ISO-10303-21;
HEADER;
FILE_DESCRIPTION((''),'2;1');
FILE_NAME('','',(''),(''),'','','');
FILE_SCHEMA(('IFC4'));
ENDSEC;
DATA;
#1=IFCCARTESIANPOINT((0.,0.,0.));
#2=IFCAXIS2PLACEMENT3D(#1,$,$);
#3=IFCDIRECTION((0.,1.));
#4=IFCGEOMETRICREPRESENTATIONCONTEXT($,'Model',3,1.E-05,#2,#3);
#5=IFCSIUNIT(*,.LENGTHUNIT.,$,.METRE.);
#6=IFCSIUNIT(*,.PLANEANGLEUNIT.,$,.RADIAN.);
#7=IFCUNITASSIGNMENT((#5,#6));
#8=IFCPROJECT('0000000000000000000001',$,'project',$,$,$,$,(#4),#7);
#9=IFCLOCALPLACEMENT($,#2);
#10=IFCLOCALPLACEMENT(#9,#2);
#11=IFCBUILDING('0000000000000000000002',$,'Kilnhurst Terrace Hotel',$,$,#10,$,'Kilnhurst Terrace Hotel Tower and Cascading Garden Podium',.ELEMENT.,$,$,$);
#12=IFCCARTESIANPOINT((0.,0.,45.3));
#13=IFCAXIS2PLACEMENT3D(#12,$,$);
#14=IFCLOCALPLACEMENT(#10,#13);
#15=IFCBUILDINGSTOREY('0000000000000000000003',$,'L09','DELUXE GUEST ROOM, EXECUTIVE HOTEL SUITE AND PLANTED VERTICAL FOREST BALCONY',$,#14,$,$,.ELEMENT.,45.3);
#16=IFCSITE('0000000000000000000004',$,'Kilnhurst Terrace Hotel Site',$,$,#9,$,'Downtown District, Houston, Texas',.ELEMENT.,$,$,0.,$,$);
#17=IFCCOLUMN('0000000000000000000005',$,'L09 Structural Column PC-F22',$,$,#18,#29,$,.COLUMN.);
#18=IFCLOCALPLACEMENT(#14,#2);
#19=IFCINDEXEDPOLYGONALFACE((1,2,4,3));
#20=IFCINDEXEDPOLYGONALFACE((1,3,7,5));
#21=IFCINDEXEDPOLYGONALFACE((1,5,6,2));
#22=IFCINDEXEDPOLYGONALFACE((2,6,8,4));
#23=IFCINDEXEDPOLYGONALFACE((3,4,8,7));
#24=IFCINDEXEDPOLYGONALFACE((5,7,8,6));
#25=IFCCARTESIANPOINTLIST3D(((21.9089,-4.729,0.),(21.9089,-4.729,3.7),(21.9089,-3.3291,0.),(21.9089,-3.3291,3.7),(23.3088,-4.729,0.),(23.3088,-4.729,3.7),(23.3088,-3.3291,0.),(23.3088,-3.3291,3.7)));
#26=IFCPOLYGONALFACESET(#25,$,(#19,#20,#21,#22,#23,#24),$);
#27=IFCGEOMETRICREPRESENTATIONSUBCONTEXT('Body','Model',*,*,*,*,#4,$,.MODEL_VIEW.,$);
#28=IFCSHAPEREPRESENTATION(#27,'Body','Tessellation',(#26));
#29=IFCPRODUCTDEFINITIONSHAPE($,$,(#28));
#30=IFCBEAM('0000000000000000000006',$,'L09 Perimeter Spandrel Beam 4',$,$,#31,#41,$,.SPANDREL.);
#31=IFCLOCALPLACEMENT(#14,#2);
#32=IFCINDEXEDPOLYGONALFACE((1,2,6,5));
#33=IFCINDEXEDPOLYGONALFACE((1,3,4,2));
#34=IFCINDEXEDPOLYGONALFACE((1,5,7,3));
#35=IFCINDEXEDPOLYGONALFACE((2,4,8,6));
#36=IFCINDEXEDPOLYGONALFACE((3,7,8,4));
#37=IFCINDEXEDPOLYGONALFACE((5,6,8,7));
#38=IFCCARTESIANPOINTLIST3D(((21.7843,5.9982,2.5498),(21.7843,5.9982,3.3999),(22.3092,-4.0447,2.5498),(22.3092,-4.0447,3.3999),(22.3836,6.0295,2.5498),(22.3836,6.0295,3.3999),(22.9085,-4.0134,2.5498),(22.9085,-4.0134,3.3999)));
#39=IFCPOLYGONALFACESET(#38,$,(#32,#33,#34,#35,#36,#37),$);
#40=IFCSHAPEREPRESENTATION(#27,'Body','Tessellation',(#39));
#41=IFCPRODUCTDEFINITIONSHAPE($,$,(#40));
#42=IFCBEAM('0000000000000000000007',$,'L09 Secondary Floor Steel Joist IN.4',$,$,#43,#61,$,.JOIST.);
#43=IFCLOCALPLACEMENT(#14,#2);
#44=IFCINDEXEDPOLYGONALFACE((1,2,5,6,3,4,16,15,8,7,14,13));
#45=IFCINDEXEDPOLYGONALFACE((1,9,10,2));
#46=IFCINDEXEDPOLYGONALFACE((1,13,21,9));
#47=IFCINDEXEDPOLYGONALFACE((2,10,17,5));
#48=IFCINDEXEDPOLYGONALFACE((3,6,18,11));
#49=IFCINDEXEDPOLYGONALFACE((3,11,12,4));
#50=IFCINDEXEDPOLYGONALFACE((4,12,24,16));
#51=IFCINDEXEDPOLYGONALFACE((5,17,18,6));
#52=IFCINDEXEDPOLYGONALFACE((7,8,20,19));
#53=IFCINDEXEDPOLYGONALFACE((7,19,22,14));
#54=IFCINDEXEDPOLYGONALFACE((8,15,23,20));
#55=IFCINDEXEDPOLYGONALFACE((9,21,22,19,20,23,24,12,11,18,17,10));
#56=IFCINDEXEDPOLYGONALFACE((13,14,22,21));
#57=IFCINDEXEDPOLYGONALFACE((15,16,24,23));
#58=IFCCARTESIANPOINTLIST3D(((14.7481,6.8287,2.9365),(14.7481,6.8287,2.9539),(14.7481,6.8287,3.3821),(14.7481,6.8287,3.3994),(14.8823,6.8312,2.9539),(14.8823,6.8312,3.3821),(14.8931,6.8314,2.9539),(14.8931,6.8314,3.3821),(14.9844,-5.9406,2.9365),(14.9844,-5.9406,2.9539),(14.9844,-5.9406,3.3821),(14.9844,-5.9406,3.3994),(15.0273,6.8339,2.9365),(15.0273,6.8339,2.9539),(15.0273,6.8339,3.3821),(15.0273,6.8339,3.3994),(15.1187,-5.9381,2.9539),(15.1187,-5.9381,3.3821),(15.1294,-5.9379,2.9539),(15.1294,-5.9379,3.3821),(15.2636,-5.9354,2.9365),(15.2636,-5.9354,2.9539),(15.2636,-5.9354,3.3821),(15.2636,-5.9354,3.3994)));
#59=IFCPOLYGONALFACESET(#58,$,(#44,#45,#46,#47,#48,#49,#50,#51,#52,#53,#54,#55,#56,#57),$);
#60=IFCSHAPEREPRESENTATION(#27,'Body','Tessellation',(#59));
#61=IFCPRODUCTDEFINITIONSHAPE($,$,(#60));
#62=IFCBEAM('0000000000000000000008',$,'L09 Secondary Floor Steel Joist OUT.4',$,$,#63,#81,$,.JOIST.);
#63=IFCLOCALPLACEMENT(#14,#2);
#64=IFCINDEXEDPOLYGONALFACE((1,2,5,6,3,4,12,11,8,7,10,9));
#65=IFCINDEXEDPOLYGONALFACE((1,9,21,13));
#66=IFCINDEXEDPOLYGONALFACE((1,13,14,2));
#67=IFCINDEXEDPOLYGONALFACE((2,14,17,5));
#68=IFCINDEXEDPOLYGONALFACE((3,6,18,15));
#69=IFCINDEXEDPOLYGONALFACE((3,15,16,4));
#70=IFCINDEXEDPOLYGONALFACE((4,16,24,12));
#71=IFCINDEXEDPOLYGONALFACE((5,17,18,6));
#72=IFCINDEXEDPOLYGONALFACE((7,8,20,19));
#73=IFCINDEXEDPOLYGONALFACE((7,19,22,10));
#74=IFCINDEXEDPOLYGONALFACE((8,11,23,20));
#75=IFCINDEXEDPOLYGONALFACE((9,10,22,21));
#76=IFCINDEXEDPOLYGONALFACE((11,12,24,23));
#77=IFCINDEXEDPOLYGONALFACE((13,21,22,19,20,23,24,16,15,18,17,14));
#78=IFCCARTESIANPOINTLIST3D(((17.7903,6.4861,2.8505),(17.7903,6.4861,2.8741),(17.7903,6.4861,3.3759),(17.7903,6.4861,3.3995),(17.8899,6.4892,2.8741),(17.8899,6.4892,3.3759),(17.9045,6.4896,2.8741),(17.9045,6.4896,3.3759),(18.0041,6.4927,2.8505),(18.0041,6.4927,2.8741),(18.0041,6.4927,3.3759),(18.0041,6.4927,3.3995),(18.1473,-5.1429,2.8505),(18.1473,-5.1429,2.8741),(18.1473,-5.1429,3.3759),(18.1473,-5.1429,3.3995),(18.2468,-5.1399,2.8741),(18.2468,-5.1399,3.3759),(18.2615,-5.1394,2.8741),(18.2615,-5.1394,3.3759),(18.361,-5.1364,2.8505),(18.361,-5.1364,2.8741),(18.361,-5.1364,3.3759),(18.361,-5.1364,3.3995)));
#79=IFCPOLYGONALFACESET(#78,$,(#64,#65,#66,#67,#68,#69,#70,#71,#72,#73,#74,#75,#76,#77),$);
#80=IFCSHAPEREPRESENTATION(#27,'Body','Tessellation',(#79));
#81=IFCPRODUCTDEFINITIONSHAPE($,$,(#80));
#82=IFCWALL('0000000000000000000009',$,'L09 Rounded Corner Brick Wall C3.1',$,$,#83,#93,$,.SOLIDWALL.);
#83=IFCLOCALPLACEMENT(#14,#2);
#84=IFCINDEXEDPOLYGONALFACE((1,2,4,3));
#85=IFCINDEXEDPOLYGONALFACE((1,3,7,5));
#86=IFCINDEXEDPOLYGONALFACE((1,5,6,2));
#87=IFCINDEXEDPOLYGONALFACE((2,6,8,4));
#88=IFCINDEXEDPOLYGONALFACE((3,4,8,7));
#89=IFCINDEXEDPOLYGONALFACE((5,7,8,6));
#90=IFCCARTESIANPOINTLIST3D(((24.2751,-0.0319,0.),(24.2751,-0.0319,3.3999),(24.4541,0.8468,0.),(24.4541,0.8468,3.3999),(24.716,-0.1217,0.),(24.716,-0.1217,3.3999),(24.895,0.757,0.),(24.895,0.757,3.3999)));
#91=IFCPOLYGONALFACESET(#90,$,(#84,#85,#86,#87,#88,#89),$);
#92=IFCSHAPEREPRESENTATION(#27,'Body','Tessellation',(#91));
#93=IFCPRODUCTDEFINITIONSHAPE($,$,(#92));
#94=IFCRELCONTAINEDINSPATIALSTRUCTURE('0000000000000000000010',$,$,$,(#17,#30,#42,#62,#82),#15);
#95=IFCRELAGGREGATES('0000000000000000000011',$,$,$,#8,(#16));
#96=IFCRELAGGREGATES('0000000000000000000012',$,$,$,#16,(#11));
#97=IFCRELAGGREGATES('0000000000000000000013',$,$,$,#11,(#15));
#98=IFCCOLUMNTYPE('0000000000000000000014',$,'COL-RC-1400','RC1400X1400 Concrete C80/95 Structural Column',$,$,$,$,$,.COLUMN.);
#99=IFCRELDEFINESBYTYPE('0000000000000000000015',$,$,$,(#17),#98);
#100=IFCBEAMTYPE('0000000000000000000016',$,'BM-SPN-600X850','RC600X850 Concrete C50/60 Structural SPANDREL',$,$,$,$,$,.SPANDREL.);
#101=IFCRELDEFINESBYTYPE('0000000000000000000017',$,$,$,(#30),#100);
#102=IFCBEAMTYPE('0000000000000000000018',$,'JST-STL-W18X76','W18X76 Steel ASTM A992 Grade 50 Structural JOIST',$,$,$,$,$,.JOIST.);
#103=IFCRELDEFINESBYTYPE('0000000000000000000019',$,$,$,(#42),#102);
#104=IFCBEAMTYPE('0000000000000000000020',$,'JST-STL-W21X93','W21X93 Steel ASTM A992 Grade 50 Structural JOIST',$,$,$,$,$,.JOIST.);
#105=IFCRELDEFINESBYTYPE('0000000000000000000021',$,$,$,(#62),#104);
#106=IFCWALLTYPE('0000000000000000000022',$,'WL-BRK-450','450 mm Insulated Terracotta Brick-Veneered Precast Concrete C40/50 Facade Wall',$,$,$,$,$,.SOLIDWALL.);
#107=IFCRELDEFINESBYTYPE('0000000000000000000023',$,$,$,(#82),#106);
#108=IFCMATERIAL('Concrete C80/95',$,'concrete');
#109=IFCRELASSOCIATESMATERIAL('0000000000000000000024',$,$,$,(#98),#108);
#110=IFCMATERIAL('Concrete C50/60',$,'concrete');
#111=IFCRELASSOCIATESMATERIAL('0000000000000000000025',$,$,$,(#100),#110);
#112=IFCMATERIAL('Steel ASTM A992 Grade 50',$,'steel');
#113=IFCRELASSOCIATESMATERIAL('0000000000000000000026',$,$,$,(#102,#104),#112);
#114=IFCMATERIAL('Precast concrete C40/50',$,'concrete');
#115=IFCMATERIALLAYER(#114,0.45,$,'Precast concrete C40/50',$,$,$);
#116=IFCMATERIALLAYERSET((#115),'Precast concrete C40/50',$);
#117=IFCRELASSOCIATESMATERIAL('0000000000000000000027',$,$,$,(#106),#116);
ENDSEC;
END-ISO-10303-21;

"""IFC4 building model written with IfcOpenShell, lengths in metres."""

from ifc_helpers import new_model, si_unit, direction, frame, frame_2d, origin, origin_2d, place, context, subcontext, project, spatial, rectangle, i_section, extrude, material, layer, layer_set, material_profile, profile_set, type_object, element, save


model = new_model("IFC4")

# Units and contexts
model_context = context("Model", 3, precision=1e-05, world=origin(), true_north=direction((0.0, 1.0)))
body_context = subcontext(model_context, "Body", "Model", "MODEL_VIEW")
ifc_project = project(units=[si_unit("LENGTHUNIT", "METRE"), si_unit("PLANEANGLEUNIT", "RADIAN")], contexts=[model_context])

# Site, building, storey
site_placement = place(None, origin())
site = spatial("IfcSite", under=ifc_project, at=site_placement, Name="Kilnhurst Terrace Hotel Site", LongName="Downtown District, Houston, Texas", CompositionType="ELEMENT", RefElevation=0.0)
building_placement = place(site_placement, origin())
building = spatial("IfcBuilding", under=site, at=building_placement, Name="Kilnhurst Terrace Hotel", LongName="Kilnhurst Terrace Hotel Tower and Cascading Garden Podium", CompositionType="ELEMENT")
storey_placement = place(building_placement, frame((0.0, 0.0, 45.3)))
storey = spatial("IfcBuildingStorey", under=building, at=storey_placement, Name="L09", Description="DELUXE GUEST ROOM, EXECUTIVE HOTEL SUITE AND PLANTED VERTICAL FOREST BALCONY", CompositionType="ELEMENT", Elevation=45.3)

# Column
ifc_material_1 = material(Name="Concrete C80/95", Category="concrete")
ifc_material_profile_1 = material_profile(ifc_material_1, rectangle(XDim=1.3999, YDim=1.3999, at=origin_2d()), Name="RC1400X1400")
ifc_profile_set_1 = profile_set([ifc_material_profile_1], Name="Concrete C80/95")
column_type = type_object("IfcColumnType", Name="COL-RC-1400", Description="RC1400X1400 Concrete C80/95 Structural Column", PredefinedType="COLUMN", material=ifc_profile_set_1)
column_placement = place(storey_placement, frame((22.6089, -4.0291, 0.0), z_axis=(0.0, 0.0, 1.0), x_axis=(1.0, 0.0, 0.0)))
element("IfcColumn", 1, at=column_placement, inside=storey, type_object=column_type, Name="L09 Structural Column PC-F22", PredefinedType="COLUMN", context=body_context, shape_type="SweptSolid", body=[
    extrude(rectangle(XDim=1.3999, YDim=1.3999, at=origin_2d()), origin(), (0.0, 0.0, 1.0), 3.7),
])

# Beams
ifc_material_2 = material(Name="Concrete C50/60", Category="concrete")
ifc_material_profile_2 = material_profile(ifc_material_2, rectangle(XDim=0.6001, YDim=0.8501, at=origin_2d()), Name="RC600X850")
ifc_profile_set_2 = profile_set([ifc_material_profile_2], Name="Concrete C50/60")
beam_type_1 = type_object("IfcBeamType", Name="BM-SPN-600X850", Description="RC600X850 Concrete C50/60 Structural SPANDREL", PredefinedType="SPANDREL", material=ifc_profile_set_2)
beam_1_placement = place(storey_placement, frame((22.6089, -4.0291, 2.9749), z_axis=(-0.052194, 0.998637, 0.0), x_axis=(-0.998637, -0.052194, 0.0)))
element("IfcBeam", 2, at=beam_1_placement, inside=storey, type_object=beam_type_1, Name="L09 Perimeter Spandrel Beam 4", PredefinedType="SPANDREL", context=body_context, shape_type="SweptSolid", body=[
    extrude(rectangle(XDim=0.6001, YDim=0.8501, at=origin_2d()), origin(), (0.0, 0.0, 1.0), 10.0566),
])
ifc_material_3 = material(Name="Steel ASTM A992 Grade 50", Category="steel")
ifc_material_profile_3 = material_profile(ifc_material_3, i_section(OverallWidth=0.2793, OverallDepth=0.4629, WebThickness=0.0107, FlangeThickness=0.0173, at=origin_2d()), Name="W18X76")
ifc_profile_set_3 = profile_set([ifc_material_profile_3], Name="Steel ASTM A992 Grade 50")
beam_type_2 = type_object("IfcBeamType", Name="JST-STL-W18X76", Description="W18X76 Steel ASTM A992 Grade 50 Structural JOIST", PredefinedType="JOIST", material=ifc_profile_set_3)
beam_2_placement = place(storey_placement, frame((15.124, -5.938, 3.168), z_axis=(-0.018504, 0.999829, 0.0), x_axis=(-0.999829, -0.018504, 0.0)))
element("IfcBeam", 3, at=beam_2_placement, inside=storey, type_object=beam_type_2, Name="L09 Secondary Floor Steel Joist IN.4", PredefinedType="JOIST", context=body_context, shape_type="SweptSolid", body=[
    extrude(i_section(OverallWidth=0.2793, OverallDepth=0.4629, WebThickness=0.0107, FlangeThickness=0.0173, at=origin_2d()), origin(), (0.0, 0.0, 1.0), 12.7715),
])
ifc_material_profile_4 = material_profile(ifc_material_3, i_section(OverallWidth=0.2139, OverallDepth=0.5491, WebThickness=0.0146, FlangeThickness=0.0237, at=origin_2d()), Name="W21X93")
ifc_profile_set_4 = profile_set([ifc_material_profile_4], Name="Steel ASTM A992 Grade 50")
beam_type_3 = type_object("IfcBeamType", Name="JST-STL-W21X93", Description="W21X93 Steel ASTM A992 Grade 50 Structural JOIST", PredefinedType="JOIST", material=ifc_profile_set_4)
beam_3_placement = place(storey_placement, frame((18.2542, -5.1396, 3.125), z_axis=(-0.030679, 0.999529, 0.0), x_axis=(-0.999529, -0.030679, 0.0)))
element("IfcBeam", 4, at=beam_3_placement, inside=storey, type_object=beam_type_3, Name="L09 Secondary Floor Steel Joist OUT.4", PredefinedType="JOIST", context=body_context, shape_type="SweptSolid", body=[
    extrude(i_section(OverallWidth=0.2139, OverallDepth=0.5491, WebThickness=0.0146, FlangeThickness=0.0237, at=origin_2d()), origin(), (0.0, 0.0, 1.0), 11.6345),
])

# Wall
ifc_material_4 = material(Name="Precast concrete C40/50", Category="concrete")
ifc_layer_1 = layer(ifc_material_4, 0.45, Name="Precast concrete C40/50")
ifc_layer_set_1 = layer_set([ifc_layer_1], Name="Precast concrete C40/50")
wall_type_1 = type_object("IfcWallType", Name="WL-BRK-450", Description="450 mm Insulated Terracotta Brick-Veneered Precast Concrete C40/50 Facade Wall", PredefinedType="SOLIDWALL", material=ifc_layer_set_1)
wall_1_placement = place(storey_placement, frame((24.4956, -0.0767, 0.0), z_axis=(0.0, 0.0, 1.0), x_axis=(0.199571, 0.979883, 0.0)))
element("IfcWall", 5, at=wall_1_placement, inside=storey, type_object=wall_type_1, Name="L09 Rounded Corner Brick Wall C3.1", PredefinedType="SOLIDWALL", context=body_context, shape_type="SweptSolid", body=[
    extrude(rectangle(XDim=0.8967, YDim=0.45, at=frame_2d((0.4482, 0.0))), origin(), (0.0, 0.0, 1.0), 3.3999),
])

save(model, "model.ifc")
